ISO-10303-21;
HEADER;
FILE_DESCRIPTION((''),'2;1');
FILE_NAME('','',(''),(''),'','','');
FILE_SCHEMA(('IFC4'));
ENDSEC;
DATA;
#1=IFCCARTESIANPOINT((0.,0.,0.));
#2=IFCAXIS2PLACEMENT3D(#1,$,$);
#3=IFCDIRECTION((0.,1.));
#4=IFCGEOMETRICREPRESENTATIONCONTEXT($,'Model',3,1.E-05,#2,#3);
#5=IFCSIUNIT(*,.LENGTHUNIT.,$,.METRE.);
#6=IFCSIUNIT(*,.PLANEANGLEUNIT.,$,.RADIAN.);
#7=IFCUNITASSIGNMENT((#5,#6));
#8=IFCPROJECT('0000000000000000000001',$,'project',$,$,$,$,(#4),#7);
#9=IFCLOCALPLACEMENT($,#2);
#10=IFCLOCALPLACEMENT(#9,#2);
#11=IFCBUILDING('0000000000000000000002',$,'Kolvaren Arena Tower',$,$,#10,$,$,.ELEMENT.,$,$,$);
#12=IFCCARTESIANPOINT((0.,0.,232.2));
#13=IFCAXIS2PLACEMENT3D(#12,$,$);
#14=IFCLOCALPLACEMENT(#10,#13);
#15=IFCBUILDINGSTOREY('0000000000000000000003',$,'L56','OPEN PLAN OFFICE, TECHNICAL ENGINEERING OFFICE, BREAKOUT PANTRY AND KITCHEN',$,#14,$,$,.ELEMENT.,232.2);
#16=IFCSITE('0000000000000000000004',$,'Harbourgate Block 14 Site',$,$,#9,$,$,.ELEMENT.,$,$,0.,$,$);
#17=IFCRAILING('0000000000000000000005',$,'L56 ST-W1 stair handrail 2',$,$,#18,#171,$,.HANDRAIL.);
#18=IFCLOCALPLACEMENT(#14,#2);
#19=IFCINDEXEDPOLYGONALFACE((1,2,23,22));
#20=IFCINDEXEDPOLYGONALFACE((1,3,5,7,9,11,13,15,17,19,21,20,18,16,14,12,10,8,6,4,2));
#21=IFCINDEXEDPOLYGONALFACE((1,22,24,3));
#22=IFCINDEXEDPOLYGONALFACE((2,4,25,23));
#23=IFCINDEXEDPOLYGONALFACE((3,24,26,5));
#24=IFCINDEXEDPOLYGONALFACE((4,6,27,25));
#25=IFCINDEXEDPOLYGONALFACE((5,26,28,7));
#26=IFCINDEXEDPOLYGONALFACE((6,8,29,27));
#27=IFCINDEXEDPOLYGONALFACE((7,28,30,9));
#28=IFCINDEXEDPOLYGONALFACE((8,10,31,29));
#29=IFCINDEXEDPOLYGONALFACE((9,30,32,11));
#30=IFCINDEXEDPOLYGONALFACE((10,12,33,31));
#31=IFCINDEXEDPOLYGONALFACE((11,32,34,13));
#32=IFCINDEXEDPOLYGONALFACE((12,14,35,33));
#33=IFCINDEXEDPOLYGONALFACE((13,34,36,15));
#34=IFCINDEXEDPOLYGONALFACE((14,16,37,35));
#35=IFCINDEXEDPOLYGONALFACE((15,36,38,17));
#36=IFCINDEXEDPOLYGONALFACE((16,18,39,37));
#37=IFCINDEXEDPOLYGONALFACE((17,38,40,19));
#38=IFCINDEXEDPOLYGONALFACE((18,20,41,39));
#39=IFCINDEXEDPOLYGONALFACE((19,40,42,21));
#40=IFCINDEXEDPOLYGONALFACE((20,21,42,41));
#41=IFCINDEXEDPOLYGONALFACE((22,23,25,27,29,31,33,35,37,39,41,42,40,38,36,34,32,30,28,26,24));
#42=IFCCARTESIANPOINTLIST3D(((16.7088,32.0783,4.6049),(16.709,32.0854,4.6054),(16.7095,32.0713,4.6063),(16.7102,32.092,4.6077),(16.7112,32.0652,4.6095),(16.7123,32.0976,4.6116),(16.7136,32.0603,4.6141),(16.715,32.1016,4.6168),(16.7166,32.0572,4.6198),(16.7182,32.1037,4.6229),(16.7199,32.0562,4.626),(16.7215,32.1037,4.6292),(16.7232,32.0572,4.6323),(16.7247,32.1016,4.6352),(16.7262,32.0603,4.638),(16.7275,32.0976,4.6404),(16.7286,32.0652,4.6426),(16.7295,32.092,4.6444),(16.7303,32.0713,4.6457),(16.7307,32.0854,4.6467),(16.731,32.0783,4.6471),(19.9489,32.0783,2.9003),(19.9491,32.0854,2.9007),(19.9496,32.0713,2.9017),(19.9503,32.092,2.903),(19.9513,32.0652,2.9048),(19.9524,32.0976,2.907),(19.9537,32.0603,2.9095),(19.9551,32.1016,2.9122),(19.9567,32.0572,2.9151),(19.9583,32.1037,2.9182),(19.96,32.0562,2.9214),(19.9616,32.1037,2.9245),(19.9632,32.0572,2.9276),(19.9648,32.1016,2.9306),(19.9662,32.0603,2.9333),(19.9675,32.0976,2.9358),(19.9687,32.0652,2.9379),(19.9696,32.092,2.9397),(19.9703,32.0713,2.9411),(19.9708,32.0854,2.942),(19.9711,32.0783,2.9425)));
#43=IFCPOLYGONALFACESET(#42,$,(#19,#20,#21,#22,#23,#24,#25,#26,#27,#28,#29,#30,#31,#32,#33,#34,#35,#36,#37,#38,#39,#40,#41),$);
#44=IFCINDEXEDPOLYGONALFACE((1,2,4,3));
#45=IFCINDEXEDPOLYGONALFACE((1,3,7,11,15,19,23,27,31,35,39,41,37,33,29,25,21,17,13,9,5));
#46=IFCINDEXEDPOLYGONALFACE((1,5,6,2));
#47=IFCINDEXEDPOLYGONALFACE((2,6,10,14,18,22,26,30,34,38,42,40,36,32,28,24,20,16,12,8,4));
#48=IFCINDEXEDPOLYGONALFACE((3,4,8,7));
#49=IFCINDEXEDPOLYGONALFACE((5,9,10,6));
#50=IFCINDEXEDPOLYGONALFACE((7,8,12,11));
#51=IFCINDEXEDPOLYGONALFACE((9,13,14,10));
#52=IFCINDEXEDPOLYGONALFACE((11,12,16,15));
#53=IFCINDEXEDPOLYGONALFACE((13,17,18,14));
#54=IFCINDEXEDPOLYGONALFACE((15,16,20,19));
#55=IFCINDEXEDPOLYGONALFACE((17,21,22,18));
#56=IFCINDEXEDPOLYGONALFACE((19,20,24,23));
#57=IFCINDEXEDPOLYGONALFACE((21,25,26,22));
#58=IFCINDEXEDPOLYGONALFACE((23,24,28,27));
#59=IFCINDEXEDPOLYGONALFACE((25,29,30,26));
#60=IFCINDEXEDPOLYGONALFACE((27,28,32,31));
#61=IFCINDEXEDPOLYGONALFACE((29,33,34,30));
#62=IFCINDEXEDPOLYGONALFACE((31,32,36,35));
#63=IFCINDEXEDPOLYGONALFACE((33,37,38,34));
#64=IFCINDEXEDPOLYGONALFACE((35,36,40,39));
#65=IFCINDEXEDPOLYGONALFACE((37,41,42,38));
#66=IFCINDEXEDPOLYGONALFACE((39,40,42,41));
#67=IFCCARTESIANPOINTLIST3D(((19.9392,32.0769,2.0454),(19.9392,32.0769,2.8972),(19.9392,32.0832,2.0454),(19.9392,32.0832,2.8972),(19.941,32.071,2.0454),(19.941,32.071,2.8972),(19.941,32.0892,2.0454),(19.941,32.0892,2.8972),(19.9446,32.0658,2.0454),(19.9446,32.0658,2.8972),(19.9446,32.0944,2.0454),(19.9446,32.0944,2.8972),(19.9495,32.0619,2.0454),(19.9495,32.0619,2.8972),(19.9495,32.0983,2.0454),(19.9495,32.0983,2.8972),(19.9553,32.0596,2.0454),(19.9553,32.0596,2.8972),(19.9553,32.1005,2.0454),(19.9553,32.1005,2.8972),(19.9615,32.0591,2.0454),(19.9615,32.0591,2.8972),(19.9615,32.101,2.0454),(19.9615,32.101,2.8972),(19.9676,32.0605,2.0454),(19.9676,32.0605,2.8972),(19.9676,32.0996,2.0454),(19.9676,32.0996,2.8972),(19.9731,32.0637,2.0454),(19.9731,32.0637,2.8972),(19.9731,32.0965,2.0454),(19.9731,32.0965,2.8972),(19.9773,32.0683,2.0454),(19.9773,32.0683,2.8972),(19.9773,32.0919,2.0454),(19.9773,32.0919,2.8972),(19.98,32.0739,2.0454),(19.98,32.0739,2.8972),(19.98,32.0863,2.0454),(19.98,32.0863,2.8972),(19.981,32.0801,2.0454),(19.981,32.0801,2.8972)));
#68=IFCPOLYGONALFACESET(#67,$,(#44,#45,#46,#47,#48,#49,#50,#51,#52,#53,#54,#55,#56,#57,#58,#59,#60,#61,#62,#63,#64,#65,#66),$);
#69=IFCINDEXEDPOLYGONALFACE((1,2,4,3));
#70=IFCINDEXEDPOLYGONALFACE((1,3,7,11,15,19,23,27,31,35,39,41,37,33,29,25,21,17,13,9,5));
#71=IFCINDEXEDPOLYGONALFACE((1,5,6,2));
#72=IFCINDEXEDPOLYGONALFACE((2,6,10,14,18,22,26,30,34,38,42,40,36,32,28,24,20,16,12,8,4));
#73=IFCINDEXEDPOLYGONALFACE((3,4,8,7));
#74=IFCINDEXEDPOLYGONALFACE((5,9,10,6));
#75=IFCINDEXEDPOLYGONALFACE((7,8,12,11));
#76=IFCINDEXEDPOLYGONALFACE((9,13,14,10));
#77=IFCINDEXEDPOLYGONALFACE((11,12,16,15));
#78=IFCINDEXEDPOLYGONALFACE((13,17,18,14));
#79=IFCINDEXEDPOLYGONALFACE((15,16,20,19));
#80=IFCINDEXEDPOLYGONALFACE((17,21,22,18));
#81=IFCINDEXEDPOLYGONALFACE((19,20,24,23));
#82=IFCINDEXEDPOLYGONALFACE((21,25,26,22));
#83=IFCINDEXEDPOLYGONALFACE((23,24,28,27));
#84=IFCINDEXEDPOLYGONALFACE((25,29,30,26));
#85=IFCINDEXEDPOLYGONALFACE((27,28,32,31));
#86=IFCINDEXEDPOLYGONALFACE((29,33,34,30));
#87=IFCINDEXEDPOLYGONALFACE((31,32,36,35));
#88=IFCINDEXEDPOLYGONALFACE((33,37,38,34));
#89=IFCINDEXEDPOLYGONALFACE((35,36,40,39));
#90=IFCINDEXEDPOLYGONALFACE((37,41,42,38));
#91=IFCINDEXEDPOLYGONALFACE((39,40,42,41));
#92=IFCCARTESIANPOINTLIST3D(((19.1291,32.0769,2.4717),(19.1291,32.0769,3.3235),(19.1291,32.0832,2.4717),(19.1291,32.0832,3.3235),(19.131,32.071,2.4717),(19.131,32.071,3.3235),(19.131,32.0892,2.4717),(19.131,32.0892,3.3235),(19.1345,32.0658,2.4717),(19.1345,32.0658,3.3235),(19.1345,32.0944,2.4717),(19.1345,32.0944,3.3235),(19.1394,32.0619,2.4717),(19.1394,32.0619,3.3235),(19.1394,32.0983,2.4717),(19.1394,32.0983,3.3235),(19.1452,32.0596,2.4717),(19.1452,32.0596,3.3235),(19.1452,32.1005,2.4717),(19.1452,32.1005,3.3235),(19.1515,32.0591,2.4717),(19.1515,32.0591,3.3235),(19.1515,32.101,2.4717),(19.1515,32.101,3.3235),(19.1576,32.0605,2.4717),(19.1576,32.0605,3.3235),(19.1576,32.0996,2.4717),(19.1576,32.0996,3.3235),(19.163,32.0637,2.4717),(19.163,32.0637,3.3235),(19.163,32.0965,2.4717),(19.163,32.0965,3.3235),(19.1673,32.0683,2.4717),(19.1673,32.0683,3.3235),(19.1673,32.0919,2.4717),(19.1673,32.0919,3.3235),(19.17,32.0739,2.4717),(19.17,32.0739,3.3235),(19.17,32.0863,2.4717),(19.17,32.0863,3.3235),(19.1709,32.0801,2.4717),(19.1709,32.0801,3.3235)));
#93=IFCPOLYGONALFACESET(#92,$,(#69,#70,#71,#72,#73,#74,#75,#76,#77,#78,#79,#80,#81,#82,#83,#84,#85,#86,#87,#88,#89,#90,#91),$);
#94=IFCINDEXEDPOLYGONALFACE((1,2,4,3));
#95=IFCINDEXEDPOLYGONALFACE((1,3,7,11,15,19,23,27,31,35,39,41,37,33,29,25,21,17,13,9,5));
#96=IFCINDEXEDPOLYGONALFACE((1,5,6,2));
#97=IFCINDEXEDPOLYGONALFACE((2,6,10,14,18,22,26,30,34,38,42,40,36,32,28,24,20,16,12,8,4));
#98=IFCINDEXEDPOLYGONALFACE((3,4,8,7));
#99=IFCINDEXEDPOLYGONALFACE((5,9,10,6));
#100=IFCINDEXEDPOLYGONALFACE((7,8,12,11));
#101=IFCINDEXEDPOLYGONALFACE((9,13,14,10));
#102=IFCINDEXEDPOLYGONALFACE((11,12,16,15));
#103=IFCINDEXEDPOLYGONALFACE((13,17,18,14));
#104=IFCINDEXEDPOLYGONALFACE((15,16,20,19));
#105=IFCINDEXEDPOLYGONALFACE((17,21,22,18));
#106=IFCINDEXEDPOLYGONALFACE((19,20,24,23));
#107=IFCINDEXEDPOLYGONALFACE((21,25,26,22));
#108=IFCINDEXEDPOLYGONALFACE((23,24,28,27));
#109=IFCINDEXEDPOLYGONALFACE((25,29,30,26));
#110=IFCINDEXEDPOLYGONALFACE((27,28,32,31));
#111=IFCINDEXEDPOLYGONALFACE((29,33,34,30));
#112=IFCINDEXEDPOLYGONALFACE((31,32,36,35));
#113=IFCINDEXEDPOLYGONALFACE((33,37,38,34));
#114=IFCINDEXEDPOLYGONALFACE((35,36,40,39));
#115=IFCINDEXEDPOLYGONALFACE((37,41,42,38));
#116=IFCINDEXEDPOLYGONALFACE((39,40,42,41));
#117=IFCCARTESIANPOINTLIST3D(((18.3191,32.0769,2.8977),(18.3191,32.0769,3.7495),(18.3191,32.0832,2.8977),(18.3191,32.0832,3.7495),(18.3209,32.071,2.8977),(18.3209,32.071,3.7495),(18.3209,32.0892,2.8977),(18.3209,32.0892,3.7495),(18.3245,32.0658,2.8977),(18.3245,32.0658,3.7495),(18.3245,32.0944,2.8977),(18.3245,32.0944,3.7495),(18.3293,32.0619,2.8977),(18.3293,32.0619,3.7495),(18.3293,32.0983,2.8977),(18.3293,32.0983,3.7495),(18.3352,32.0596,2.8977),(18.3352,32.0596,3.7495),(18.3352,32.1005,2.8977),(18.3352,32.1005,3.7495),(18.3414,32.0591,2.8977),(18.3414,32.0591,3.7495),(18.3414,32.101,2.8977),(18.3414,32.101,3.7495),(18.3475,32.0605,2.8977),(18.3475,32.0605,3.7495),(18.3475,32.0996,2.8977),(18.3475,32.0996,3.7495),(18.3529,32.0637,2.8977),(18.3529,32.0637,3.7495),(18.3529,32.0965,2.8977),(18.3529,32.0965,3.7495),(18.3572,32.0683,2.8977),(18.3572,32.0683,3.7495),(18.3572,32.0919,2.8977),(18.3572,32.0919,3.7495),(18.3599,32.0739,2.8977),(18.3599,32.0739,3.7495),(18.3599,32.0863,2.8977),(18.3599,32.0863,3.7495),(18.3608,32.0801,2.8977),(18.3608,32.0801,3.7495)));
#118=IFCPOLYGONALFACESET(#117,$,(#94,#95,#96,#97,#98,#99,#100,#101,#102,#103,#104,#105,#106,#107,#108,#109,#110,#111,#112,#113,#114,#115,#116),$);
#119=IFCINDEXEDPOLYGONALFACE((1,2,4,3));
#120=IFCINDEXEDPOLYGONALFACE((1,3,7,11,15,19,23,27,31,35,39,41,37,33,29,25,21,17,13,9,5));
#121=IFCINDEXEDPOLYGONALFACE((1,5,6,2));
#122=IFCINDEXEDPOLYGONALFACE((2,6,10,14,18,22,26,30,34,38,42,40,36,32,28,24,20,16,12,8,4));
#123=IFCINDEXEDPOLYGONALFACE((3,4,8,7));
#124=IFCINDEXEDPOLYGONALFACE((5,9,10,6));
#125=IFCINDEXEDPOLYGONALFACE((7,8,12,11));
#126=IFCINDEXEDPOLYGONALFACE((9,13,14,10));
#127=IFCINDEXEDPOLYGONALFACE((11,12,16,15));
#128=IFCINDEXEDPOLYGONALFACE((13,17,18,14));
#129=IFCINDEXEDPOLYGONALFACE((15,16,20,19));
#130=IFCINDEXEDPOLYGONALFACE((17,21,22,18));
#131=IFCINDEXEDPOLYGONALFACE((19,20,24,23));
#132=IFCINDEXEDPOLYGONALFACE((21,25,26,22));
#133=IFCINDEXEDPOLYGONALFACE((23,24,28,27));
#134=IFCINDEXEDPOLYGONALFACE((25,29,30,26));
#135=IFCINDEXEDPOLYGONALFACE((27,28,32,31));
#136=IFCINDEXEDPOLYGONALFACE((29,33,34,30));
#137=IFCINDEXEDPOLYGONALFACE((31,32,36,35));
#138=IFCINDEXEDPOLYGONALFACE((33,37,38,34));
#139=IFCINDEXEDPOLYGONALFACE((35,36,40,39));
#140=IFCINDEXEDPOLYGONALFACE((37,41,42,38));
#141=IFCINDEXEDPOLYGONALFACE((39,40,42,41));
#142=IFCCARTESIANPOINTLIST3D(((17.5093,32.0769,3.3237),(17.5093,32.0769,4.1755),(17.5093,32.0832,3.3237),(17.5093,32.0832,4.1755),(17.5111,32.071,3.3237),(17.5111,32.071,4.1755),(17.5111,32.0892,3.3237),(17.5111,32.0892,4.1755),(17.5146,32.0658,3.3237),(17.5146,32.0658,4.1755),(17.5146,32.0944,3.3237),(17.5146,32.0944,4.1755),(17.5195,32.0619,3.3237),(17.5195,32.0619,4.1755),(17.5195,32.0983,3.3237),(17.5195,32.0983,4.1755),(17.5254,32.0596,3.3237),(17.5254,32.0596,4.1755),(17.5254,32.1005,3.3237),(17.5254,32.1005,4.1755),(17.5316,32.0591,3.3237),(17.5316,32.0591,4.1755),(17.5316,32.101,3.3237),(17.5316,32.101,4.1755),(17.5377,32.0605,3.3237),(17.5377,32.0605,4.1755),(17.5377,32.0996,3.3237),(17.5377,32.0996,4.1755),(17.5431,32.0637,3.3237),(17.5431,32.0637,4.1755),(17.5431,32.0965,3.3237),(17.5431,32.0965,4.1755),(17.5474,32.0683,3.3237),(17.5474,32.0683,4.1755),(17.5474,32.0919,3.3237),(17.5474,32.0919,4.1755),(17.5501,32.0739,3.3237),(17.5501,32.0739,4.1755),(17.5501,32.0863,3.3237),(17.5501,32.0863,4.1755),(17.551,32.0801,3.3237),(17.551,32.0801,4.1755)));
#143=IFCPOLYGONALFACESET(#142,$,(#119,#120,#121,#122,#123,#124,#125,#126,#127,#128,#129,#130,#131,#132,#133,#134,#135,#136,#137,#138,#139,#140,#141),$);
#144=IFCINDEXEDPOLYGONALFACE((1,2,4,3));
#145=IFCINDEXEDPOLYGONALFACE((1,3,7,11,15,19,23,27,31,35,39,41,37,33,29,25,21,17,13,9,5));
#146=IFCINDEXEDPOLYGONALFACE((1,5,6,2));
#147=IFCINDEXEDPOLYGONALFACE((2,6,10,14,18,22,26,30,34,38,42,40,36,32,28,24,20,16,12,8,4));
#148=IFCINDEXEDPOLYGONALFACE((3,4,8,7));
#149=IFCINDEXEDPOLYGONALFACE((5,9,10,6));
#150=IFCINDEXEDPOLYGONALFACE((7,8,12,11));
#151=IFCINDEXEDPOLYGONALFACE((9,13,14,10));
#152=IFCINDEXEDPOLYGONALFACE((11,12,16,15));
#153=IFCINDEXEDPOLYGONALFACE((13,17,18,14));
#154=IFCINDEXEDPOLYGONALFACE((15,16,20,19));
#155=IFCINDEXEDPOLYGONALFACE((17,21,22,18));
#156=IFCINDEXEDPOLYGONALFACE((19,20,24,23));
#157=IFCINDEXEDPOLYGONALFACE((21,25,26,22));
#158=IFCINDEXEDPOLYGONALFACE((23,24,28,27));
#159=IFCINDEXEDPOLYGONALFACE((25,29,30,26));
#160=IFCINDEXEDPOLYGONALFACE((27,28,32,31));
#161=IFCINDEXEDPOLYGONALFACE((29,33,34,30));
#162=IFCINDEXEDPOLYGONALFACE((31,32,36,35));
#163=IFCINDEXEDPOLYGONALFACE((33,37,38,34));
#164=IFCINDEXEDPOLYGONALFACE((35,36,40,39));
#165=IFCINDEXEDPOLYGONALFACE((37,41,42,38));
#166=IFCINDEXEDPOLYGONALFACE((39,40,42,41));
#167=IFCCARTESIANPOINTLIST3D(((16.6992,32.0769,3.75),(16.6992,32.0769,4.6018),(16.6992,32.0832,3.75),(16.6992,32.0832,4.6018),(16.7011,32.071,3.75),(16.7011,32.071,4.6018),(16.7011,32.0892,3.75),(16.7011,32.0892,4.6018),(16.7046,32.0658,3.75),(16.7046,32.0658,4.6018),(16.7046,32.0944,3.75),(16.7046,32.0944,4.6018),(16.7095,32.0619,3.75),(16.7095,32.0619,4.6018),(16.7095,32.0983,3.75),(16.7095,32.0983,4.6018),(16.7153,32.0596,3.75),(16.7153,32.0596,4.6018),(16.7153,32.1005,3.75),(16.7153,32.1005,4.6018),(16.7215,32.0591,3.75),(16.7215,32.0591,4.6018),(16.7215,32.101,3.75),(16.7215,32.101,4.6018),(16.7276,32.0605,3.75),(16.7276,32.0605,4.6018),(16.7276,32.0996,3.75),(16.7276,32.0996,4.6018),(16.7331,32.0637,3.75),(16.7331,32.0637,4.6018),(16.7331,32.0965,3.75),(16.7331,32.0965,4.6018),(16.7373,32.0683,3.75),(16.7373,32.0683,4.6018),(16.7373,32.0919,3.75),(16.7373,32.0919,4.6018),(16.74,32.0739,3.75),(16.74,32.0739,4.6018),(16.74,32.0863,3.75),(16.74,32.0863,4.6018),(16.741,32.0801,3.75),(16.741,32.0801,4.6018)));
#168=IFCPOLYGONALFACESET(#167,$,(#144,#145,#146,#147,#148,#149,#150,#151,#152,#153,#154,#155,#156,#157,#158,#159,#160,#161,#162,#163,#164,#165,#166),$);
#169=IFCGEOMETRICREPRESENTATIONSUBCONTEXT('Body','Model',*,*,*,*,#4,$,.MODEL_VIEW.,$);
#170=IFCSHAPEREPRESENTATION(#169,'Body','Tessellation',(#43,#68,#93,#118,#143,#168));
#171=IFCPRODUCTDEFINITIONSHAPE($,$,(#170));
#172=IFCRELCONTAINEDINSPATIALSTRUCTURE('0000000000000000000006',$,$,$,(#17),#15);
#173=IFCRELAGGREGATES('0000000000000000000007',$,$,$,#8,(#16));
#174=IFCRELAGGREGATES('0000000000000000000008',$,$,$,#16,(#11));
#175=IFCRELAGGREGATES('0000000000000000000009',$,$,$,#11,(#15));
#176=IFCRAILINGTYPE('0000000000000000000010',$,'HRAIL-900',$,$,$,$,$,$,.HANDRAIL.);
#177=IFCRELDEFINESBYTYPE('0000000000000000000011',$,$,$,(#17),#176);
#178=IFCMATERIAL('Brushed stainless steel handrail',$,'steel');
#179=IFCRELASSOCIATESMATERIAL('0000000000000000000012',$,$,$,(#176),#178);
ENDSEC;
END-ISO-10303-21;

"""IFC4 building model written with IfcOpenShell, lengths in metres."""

from ifc_helpers import new_model, si_unit, direction, frame, origin, origin_2d, place, context, subcontext, project, spatial, circle, extrude, material, type_object, element, save


model = new_model("IFC4")

# Units and contexts
model_context = context("Model", 3, precision=1e-05, world=origin(), true_north=direction((0.0, 1.0)))
body_context = subcontext(model_context, "Body", "Model", "MODEL_VIEW")
ifc_project = project(units=[si_unit("LENGTHUNIT", "METRE"), si_unit("PLANEANGLEUNIT", "RADIAN")], contexts=[model_context])

# Site, building, storey
site_placement = place(None, origin())
site = spatial("IfcSite", under=ifc_project, at=site_placement, Name="Harbourgate Block 14 Site", CompositionType="ELEMENT", RefElevation=0.0)
building_placement = place(site_placement, origin())
building = spatial("IfcBuilding", under=site, at=building_placement, Name="Kolvaren Arena Tower", CompositionType="ELEMENT")
storey_placement = place(building_placement, frame((0.0, 0.0, 232.2)))
storey = spatial("IfcBuildingStorey", under=building, at=storey_placement, Name="L56", Description="OPEN PLAN OFFICE, TECHNICAL ENGINEERING OFFICE, BREAKOUT PANTRY AND KITCHEN", CompositionType="ELEMENT", Elevation=232.2)

# Railing
ifc_material_1 = material(Name="Brushed stainless steel handrail", Category="steel")
railing_type_1 = type_object("IfcRailingType", Name="HRAIL-900", PredefinedType="HANDRAIL", material=ifc_material_1)
railing_1_placement = place(storey_placement, frame((19.96, 32.0801, 2.0454)))
element("IfcRailing", 1, at=railing_1_placement, inside=storey, type_object=railing_type_1, Name="L56 ST-W1 stair handrail 2", PredefinedType="HANDRAIL", context=body_context, shape_type="SweptSolid", body=[
    extrude(circle(Radius=0.0239, at=origin_2d()), frame((0.0, 0.0, 0.876), z_axis=(-0.884993, 0.0, 0.465604), x_axis=(0.0, -1.0, 0.0)), (0.0, 0.0, 1.0), 3.6611),
    extrude(circle(Radius=0.021, at=origin_2d()), origin(), (0.0, 0.0, 1.0), 0.8518),
    extrude(circle(Radius=0.021, at=origin_2d()), frame((-0.8101, 0.0, 0.4263)), (0.0, 0.0, 1.0), 0.8518),
    extrude(circle(Radius=0.021, at=origin_2d()), frame((-1.6201, 0.0, 0.8523)), (0.0, 0.0, 1.0), 0.8518),
    extrude(circle(Radius=0.021, at=origin_2d()), frame((-2.4299, 0.0, 1.2783)), (0.0, 0.0, 1.0), 0.8518),
    extrude(circle(Radius=0.021, at=origin_2d()), frame((-3.24, 0.0, 1.7046)), (0.0, 0.0, 1.0), 0.8518),
])

save(model, "model.ifc")
